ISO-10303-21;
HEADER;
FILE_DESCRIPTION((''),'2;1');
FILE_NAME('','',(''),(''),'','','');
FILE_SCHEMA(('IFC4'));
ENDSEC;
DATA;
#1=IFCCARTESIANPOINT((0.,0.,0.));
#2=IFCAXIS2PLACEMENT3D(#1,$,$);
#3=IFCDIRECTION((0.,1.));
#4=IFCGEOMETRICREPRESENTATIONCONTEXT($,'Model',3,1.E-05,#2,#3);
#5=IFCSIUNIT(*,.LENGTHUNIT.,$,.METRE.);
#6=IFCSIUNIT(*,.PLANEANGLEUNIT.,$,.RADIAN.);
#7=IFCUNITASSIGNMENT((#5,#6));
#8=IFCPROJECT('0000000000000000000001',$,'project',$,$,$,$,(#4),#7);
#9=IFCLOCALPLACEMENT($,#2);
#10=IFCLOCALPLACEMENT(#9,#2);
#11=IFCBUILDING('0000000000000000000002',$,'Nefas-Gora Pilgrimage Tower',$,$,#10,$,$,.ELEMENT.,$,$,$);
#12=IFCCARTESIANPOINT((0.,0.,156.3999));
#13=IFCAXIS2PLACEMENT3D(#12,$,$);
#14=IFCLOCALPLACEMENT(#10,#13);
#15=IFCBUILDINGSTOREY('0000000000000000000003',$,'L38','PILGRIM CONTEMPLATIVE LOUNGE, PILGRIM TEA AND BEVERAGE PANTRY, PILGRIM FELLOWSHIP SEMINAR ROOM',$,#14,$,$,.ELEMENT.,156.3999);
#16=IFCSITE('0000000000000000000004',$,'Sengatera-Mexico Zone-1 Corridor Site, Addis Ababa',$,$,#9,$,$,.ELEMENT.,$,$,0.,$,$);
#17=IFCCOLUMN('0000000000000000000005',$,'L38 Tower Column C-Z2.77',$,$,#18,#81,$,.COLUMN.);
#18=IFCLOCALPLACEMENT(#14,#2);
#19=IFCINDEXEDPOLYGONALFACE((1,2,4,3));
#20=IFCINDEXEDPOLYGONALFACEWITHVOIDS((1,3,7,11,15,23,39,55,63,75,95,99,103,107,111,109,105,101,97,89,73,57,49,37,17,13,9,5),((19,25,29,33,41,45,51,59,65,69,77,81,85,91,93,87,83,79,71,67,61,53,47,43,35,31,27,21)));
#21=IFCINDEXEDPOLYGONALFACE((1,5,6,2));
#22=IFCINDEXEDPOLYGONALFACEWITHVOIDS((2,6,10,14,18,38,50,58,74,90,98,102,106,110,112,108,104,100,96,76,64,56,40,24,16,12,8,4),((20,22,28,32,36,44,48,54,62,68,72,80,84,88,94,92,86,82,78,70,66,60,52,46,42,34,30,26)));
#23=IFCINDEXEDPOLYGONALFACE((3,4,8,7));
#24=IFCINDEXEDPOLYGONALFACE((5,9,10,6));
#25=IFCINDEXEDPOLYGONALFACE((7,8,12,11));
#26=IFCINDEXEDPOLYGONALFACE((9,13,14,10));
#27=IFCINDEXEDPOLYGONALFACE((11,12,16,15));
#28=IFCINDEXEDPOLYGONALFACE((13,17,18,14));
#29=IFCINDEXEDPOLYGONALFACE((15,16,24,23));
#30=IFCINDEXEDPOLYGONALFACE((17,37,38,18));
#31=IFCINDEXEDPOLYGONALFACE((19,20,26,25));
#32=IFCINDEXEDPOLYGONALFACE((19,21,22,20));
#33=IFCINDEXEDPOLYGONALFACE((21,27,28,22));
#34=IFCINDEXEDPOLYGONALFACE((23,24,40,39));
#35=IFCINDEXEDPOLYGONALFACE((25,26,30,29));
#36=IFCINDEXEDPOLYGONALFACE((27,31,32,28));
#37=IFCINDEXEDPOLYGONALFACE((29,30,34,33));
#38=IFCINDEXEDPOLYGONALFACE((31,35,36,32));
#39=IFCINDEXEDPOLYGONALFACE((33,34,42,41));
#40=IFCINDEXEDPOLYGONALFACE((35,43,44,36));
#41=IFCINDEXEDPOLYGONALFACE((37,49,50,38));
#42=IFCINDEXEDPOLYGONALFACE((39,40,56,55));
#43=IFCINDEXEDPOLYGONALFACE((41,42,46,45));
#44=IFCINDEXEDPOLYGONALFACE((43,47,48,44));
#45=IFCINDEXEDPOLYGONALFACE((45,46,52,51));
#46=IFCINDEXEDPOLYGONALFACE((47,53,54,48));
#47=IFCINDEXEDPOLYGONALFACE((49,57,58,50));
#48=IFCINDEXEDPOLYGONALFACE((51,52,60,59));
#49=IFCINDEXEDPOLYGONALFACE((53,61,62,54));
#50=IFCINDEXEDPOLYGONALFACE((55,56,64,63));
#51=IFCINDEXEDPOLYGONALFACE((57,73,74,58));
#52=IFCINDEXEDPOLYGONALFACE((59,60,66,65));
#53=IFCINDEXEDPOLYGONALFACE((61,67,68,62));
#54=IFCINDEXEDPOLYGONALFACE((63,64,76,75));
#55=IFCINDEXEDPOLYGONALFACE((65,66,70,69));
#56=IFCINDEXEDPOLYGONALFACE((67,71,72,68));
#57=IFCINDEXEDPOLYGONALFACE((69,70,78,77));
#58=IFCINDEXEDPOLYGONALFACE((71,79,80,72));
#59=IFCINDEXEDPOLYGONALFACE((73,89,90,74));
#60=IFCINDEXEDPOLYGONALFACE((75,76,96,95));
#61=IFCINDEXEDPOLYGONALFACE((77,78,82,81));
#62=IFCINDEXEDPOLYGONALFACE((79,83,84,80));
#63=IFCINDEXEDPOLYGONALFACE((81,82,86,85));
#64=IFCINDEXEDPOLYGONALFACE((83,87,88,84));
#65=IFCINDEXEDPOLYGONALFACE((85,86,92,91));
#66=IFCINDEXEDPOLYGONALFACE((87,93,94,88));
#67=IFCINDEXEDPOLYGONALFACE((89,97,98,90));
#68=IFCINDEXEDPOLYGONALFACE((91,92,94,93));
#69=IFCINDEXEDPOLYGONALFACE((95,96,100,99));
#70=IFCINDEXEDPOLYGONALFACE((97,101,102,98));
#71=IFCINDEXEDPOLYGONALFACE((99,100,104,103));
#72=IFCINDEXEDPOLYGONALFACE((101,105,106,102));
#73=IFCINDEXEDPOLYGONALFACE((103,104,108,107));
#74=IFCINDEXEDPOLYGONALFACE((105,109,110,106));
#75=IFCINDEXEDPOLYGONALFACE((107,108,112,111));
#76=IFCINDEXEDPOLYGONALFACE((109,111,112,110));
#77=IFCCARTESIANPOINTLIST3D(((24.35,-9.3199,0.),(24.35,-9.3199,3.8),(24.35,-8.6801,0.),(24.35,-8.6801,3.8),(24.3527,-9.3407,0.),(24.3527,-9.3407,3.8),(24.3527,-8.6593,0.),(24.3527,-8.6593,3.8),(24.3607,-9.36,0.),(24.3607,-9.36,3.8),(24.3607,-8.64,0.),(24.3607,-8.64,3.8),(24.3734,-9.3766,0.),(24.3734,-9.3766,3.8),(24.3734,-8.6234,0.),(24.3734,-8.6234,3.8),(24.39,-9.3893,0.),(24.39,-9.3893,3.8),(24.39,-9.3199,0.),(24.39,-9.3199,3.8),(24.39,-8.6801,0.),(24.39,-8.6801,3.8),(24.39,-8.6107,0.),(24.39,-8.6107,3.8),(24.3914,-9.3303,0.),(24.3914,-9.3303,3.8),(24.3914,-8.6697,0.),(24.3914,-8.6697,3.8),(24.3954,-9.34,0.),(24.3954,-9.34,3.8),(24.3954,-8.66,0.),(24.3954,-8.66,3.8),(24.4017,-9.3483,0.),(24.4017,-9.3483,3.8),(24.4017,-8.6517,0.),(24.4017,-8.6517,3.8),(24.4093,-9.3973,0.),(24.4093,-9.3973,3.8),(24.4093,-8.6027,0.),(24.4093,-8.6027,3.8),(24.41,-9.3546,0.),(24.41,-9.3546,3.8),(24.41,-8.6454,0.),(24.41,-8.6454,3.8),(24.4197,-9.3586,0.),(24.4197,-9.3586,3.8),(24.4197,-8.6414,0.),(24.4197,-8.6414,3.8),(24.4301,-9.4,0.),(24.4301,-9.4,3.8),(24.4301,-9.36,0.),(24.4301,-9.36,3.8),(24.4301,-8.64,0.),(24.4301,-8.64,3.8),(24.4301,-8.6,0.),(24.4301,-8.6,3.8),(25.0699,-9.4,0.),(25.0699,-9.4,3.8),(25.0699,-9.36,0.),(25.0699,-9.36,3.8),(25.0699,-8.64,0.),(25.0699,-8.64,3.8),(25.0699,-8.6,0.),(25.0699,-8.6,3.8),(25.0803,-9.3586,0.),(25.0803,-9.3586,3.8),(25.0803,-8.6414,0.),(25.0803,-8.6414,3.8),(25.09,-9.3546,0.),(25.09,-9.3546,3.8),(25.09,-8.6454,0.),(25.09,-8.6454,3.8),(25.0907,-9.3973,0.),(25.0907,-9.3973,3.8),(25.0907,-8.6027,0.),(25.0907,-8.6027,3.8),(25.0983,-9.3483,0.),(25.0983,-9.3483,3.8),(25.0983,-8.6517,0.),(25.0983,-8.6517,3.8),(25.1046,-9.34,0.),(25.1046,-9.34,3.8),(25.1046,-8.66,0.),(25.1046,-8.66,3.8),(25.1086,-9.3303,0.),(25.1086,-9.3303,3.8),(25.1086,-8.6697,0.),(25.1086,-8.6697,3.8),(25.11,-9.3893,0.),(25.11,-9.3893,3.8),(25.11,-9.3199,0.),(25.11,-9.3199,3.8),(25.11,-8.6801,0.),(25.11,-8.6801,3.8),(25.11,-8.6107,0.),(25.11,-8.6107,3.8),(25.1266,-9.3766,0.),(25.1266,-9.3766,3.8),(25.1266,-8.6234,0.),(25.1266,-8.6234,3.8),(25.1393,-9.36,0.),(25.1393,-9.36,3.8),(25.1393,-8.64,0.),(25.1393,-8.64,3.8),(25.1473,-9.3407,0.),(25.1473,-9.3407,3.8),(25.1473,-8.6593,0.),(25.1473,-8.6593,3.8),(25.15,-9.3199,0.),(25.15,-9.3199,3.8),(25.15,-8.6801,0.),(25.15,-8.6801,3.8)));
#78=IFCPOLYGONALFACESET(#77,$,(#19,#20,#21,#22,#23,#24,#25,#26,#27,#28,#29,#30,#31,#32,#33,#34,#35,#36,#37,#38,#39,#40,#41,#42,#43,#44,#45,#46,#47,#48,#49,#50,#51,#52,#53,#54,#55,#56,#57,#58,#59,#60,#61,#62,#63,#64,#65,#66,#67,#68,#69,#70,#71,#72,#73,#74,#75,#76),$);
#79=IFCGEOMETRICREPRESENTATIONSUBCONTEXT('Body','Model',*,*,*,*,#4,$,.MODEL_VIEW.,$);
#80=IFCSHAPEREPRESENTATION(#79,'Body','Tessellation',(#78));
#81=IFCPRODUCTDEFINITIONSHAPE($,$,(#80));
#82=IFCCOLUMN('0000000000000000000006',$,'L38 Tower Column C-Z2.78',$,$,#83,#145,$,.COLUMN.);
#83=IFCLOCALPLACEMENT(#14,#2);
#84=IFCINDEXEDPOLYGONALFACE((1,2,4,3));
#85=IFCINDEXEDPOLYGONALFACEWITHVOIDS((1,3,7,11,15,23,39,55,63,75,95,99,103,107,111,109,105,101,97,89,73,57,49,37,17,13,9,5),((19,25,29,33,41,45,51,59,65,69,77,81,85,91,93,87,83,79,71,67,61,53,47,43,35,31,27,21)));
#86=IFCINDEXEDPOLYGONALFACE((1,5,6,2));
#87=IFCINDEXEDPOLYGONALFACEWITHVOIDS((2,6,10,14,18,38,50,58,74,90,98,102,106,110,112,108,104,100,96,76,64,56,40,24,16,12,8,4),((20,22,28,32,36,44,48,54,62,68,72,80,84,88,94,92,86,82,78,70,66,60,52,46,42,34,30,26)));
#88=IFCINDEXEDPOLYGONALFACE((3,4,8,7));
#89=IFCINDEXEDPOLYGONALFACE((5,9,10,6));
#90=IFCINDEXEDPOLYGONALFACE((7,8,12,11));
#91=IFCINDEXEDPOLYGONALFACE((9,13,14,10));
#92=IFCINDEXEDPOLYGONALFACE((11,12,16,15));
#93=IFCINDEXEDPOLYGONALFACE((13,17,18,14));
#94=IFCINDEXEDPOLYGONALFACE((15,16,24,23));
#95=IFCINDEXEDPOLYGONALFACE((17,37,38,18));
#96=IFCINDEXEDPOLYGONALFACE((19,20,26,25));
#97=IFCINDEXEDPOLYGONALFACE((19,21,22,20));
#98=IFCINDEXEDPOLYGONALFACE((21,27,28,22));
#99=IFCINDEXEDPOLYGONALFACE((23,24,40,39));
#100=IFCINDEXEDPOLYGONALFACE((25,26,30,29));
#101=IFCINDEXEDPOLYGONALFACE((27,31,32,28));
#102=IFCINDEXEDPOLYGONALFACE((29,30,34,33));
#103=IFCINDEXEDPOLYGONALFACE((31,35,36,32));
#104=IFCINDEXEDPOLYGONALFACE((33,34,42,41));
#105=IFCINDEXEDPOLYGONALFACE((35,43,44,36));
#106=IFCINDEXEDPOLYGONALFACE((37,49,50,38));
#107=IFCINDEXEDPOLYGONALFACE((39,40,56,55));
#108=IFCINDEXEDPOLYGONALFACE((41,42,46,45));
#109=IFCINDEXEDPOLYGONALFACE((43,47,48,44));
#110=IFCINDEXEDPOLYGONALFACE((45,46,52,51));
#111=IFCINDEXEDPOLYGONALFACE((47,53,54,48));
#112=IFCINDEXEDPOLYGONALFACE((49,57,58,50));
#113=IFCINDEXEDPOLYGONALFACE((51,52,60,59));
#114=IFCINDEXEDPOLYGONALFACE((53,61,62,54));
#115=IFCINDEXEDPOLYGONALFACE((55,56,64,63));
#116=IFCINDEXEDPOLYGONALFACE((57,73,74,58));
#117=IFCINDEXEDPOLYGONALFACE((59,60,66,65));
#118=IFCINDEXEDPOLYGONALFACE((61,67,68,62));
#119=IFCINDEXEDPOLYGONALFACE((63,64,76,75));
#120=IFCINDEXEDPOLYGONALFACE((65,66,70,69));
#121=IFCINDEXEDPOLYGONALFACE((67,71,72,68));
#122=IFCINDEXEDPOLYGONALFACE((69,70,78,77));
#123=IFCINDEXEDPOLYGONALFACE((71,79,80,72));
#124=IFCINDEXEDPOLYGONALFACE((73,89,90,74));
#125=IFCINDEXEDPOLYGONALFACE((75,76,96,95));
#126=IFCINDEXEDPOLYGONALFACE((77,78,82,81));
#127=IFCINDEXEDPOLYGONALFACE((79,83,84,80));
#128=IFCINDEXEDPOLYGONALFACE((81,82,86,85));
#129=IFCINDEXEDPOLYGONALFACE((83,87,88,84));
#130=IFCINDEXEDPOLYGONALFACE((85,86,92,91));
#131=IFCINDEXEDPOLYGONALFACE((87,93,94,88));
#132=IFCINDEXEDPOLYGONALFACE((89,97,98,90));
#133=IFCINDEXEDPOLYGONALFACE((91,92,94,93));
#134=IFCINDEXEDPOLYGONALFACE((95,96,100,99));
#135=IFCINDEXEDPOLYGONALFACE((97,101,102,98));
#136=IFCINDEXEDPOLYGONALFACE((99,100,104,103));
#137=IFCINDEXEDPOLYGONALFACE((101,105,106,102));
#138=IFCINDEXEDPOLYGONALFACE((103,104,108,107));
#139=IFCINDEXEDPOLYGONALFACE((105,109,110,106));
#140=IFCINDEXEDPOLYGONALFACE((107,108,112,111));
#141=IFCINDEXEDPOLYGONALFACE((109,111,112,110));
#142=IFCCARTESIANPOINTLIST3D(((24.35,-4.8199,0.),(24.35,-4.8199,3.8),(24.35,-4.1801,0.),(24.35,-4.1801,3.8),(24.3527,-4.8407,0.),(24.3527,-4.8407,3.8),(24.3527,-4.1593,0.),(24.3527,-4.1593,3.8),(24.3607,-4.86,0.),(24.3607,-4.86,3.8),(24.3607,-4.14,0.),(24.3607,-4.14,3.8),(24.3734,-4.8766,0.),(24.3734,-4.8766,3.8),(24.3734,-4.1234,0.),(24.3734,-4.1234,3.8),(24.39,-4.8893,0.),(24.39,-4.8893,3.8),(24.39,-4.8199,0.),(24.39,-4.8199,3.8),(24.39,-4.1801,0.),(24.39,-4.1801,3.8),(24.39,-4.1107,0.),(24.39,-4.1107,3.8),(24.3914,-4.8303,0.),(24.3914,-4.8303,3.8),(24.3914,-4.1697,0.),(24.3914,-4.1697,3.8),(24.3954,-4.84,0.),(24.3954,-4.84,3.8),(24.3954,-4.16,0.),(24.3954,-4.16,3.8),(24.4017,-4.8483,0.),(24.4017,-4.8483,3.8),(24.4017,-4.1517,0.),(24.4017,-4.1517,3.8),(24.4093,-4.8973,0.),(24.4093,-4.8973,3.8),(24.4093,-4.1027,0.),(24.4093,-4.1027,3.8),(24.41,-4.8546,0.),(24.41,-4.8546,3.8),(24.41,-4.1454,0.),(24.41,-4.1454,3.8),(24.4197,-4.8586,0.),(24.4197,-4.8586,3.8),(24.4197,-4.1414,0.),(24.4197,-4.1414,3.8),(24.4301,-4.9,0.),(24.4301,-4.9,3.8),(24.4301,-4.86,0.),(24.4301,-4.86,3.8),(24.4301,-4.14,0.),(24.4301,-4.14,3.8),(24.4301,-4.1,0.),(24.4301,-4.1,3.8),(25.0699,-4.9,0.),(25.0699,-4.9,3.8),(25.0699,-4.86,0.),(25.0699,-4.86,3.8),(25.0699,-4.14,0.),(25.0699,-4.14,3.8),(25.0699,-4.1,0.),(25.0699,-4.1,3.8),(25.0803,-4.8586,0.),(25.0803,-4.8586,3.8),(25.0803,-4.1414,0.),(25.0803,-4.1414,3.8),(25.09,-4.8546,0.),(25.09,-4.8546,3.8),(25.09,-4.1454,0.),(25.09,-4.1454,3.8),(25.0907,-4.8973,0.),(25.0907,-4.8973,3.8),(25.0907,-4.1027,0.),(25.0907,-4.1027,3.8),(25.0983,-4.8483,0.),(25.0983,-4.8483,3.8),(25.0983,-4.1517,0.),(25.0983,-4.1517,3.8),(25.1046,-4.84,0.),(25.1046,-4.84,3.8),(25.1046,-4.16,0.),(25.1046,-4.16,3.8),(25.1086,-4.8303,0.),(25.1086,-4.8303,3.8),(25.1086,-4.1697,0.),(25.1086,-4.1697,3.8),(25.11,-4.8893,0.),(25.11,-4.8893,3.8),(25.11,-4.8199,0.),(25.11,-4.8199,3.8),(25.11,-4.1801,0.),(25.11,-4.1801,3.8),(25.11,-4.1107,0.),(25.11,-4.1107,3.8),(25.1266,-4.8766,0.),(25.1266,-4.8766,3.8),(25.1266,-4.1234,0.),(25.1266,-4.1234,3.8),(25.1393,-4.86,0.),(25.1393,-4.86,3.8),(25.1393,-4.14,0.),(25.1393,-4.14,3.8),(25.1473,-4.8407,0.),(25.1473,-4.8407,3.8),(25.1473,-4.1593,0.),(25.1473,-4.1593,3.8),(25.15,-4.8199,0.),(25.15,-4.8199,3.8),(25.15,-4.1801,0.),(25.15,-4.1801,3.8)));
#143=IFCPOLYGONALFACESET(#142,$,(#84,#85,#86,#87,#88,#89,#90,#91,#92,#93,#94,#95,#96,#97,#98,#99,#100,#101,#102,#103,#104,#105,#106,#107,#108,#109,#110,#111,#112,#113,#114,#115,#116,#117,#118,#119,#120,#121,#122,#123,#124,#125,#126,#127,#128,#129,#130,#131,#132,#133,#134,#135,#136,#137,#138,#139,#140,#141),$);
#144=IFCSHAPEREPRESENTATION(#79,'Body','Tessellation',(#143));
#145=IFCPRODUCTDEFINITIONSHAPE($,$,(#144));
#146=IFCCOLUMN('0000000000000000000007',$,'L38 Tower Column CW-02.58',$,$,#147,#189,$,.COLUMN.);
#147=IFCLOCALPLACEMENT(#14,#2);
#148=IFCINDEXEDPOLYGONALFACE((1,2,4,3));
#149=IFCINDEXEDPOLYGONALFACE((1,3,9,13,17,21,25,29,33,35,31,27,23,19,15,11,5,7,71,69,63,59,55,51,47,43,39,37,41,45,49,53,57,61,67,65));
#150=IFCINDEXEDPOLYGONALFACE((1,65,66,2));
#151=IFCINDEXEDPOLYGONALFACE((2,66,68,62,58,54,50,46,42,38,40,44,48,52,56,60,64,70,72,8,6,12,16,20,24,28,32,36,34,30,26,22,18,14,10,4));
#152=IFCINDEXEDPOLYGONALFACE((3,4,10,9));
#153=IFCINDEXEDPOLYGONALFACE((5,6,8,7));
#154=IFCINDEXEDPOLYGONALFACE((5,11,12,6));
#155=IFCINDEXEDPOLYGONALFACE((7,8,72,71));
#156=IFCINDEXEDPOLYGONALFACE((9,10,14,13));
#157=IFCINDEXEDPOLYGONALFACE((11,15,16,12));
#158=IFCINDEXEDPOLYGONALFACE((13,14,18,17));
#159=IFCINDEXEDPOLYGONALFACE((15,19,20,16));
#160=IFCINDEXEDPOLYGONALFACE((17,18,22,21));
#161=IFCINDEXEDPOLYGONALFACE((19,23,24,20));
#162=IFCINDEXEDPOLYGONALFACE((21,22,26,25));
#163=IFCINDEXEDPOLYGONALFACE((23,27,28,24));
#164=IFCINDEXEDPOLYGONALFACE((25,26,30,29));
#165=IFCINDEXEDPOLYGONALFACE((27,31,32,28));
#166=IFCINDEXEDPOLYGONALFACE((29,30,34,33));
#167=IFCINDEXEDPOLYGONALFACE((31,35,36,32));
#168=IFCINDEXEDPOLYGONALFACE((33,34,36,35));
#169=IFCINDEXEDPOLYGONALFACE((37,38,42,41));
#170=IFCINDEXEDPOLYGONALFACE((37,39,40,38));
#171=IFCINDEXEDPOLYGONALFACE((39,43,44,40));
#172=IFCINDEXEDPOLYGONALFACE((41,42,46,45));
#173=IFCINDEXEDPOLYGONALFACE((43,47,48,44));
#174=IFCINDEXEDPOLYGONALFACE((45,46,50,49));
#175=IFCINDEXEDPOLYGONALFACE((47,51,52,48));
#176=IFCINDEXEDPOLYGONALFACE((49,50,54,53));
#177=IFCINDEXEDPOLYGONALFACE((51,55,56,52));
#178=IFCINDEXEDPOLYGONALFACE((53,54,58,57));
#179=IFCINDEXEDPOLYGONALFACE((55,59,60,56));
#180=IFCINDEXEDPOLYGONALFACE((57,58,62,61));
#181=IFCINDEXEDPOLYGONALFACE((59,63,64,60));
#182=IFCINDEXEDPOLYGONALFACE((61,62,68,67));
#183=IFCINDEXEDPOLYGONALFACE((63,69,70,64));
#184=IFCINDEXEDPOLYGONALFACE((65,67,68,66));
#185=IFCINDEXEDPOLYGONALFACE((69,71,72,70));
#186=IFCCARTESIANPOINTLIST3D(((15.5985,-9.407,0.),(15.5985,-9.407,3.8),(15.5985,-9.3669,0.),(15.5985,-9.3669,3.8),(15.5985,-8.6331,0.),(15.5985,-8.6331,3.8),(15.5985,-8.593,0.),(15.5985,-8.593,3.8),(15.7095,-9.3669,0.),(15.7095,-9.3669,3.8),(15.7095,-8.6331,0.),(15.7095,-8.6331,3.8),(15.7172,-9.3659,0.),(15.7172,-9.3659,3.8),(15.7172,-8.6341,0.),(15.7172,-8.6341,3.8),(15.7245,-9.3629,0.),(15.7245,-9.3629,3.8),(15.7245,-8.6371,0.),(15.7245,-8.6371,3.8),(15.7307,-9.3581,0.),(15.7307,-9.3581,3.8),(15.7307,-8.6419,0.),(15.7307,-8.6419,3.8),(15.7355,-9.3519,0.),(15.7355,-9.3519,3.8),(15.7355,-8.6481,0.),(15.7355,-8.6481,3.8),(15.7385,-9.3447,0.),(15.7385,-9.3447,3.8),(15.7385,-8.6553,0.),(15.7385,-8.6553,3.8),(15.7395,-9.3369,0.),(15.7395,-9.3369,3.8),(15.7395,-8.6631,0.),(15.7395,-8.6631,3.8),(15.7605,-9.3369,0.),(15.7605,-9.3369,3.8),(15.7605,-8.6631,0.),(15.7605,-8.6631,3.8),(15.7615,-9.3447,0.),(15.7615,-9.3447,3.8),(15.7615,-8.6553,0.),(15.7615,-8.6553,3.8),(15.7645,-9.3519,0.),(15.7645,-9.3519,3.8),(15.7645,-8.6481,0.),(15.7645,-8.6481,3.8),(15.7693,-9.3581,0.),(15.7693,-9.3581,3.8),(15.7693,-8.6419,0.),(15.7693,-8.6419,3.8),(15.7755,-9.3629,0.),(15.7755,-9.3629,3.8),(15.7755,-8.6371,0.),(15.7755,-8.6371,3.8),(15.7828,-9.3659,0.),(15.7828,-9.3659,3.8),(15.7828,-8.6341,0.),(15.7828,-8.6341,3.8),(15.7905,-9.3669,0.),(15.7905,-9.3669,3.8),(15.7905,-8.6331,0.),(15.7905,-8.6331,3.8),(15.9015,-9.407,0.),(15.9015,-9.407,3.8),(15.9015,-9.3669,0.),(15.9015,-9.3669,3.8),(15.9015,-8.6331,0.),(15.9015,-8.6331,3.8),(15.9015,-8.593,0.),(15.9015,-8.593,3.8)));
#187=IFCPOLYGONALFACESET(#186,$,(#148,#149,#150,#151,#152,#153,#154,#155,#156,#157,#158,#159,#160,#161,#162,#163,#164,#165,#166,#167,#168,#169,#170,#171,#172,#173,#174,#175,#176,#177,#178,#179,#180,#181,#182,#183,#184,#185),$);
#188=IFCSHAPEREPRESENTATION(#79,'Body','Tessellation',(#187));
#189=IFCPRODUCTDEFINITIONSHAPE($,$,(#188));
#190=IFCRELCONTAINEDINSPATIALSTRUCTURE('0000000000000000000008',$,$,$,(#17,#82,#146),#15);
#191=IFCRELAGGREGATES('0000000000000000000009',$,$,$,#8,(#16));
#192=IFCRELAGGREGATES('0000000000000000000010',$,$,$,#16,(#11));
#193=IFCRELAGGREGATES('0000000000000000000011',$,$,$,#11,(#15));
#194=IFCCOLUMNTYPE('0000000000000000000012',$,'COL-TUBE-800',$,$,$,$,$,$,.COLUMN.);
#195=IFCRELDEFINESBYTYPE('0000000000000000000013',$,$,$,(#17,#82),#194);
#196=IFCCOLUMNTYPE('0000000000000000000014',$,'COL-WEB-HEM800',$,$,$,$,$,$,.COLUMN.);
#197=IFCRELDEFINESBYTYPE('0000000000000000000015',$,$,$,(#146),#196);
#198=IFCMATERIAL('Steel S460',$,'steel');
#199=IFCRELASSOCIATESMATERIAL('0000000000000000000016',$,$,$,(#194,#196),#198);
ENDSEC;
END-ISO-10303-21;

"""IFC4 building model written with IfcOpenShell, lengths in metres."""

from ifc_helpers import new_model, si_unit, direction, frame, origin, origin_2d, place, context, subcontext, project, spatial, hollow_rectangle, i_section, extrude, source, transform, mapped, material, material_profile, profile_set, type_object, element, save


model = new_model("IFC4")

# Units and contexts
model_context = context("Model", 3, precision=1e-05, world=origin(), true_north=direction((0.0, 1.0)))
body_context = subcontext(model_context, "Body", "Model", "MODEL_VIEW")
ifc_project = project(units=[si_unit("LENGTHUNIT", "METRE"), si_unit("PLANEANGLEUNIT", "RADIAN")], contexts=[model_context])

# Site, building, storey
site_placement = place(None, origin())
site = spatial("IfcSite", under=ifc_project, at=site_placement, Name="Sengatera-Mexico Zone-1 Corridor Site, Addis Ababa", CompositionType="ELEMENT", RefElevation=0.0)
building_placement = place(site_placement, origin())
building = spatial("IfcBuilding", under=site, at=building_placement, Name="Nefas-Gora Pilgrimage Tower", CompositionType="ELEMENT")
storey_placement = place(building_placement, frame((0.0, 0.0, 156.3999)))
storey = spatial("IfcBuildingStorey", under=building, at=storey_placement, Name="L38", Description="PILGRIM CONTEMPLATIVE LOUNGE, PILGRIM TEA AND BEVERAGE PANTRY, PILGRIM FELLOWSHIP SEMINAR ROOM", CompositionType="ELEMENT", Elevation=156.3999)

# Columns
ifc_material_1 = material(Name="Steel S460", Category="steel")
ifc_material_profile_1 = material_profile(ifc_material_1, hollow_rectangle(XDim=0.8, YDim=0.8, WallThickness=0.04, InnerFilletRadius=0.04, OuterFilletRadius=0.0801, at=origin_2d()), Name="BOX 800x800x40")
ifc_profile_set_1 = profile_set([ifc_material_profile_1], Name="Steel S460")
column_type_1 = type_object("IfcColumnType", Name="COL-TUBE-800", PredefinedType="COLUMN", material=ifc_profile_set_1)
shared_shape_1 = source(origin(), body_context, "Body", "SweptSolid", [
    extrude(hollow_rectangle(XDim=0.8, YDim=0.8, WallThickness=0.04, InnerFilletRadius=0.04, OuterFilletRadius=0.0801, at=origin_2d()), origin(), (0.0, 0.0, 1.0), 3.8),
])
for number, where, z_axis, x_axis, name in (
    (1, (24.75, -9.0, 0.0), (0.0, 0.0, 1.0), (1.0, 0.0, 0.0), "L38 Tower Column C-Z2.77"),
    (2, (24.75, -4.5, 0.0), (0.0, 0.0, 1.0), (1.0, 0.0, 0.0), "L38 Tower Column C-Z2.78"),
):
    element("IfcColumn", number, at=place(storey_placement, frame(where, z_axis=z_axis, x_axis=x_axis)), inside=storey, type_object=column_type_1, Name=name, PredefinedType="COLUMN", context=body_context, shape_type="MappedRepresentation", body=[
        mapped(shared_shape_1, transform((0.0, 0.0, 0.0), x_axis=(1.0, 0.0, 0.0), y_axis=(0.0, 1.0, 0.0), z_axis=(0.0, 0.0, 1.0), scale=1.0)),
    ])
ifc_material_profile_2 = material_profile(ifc_material_1, i_section(OverallWidth=0.303, OverallDepth=0.814, WebThickness=0.021, FlangeThickness=0.04, FilletRadius=0.03, at=origin_2d()), Name="HEM 800")
ifc_profile_set_2 = profile_set([ifc_material_profile_2], Name="Steel S460")
column_type_2 = type_object("IfcColumnType", Name="COL-WEB-HEM800", PredefinedType="COLUMN", material=ifc_profile_set_2)
shared_shape_2 = source(origin(), body_context, "Body", "SweptSolid", [
    extrude(i_section(OverallWidth=0.303, OverallDepth=0.814, WebThickness=0.021, FlangeThickness=0.04, FilletRadius=0.03, at=origin_2d()), origin(), (0.0, 0.0, 1.0), 3.8),
])
for number, where, z_axis, x_axis, name in (
    (3, (15.75, -9.0, 0.0), (0.0, 0.0, 1.0), (1.0, 0.0, 0.0), "L38 Tower Column CW-02.58"),
):
    element("IfcColumn", number, at=place(storey_placement, frame(where, z_axis=z_axis, x_axis=x_axis)), inside=storey, type_object=column_type_2, Name=name, PredefinedType="COLUMN", context=body_context, shape_type="MappedRepresentation", body=[
        mapped(shared_shape_2, transform((0.0, 0.0, 0.0), x_axis=(1.0, 0.0, 0.0), y_axis=(0.0, 1.0, 0.0), z_axis=(0.0, 0.0, 1.0), scale=1.0)),
    ])

save(model, "model.ifc")
